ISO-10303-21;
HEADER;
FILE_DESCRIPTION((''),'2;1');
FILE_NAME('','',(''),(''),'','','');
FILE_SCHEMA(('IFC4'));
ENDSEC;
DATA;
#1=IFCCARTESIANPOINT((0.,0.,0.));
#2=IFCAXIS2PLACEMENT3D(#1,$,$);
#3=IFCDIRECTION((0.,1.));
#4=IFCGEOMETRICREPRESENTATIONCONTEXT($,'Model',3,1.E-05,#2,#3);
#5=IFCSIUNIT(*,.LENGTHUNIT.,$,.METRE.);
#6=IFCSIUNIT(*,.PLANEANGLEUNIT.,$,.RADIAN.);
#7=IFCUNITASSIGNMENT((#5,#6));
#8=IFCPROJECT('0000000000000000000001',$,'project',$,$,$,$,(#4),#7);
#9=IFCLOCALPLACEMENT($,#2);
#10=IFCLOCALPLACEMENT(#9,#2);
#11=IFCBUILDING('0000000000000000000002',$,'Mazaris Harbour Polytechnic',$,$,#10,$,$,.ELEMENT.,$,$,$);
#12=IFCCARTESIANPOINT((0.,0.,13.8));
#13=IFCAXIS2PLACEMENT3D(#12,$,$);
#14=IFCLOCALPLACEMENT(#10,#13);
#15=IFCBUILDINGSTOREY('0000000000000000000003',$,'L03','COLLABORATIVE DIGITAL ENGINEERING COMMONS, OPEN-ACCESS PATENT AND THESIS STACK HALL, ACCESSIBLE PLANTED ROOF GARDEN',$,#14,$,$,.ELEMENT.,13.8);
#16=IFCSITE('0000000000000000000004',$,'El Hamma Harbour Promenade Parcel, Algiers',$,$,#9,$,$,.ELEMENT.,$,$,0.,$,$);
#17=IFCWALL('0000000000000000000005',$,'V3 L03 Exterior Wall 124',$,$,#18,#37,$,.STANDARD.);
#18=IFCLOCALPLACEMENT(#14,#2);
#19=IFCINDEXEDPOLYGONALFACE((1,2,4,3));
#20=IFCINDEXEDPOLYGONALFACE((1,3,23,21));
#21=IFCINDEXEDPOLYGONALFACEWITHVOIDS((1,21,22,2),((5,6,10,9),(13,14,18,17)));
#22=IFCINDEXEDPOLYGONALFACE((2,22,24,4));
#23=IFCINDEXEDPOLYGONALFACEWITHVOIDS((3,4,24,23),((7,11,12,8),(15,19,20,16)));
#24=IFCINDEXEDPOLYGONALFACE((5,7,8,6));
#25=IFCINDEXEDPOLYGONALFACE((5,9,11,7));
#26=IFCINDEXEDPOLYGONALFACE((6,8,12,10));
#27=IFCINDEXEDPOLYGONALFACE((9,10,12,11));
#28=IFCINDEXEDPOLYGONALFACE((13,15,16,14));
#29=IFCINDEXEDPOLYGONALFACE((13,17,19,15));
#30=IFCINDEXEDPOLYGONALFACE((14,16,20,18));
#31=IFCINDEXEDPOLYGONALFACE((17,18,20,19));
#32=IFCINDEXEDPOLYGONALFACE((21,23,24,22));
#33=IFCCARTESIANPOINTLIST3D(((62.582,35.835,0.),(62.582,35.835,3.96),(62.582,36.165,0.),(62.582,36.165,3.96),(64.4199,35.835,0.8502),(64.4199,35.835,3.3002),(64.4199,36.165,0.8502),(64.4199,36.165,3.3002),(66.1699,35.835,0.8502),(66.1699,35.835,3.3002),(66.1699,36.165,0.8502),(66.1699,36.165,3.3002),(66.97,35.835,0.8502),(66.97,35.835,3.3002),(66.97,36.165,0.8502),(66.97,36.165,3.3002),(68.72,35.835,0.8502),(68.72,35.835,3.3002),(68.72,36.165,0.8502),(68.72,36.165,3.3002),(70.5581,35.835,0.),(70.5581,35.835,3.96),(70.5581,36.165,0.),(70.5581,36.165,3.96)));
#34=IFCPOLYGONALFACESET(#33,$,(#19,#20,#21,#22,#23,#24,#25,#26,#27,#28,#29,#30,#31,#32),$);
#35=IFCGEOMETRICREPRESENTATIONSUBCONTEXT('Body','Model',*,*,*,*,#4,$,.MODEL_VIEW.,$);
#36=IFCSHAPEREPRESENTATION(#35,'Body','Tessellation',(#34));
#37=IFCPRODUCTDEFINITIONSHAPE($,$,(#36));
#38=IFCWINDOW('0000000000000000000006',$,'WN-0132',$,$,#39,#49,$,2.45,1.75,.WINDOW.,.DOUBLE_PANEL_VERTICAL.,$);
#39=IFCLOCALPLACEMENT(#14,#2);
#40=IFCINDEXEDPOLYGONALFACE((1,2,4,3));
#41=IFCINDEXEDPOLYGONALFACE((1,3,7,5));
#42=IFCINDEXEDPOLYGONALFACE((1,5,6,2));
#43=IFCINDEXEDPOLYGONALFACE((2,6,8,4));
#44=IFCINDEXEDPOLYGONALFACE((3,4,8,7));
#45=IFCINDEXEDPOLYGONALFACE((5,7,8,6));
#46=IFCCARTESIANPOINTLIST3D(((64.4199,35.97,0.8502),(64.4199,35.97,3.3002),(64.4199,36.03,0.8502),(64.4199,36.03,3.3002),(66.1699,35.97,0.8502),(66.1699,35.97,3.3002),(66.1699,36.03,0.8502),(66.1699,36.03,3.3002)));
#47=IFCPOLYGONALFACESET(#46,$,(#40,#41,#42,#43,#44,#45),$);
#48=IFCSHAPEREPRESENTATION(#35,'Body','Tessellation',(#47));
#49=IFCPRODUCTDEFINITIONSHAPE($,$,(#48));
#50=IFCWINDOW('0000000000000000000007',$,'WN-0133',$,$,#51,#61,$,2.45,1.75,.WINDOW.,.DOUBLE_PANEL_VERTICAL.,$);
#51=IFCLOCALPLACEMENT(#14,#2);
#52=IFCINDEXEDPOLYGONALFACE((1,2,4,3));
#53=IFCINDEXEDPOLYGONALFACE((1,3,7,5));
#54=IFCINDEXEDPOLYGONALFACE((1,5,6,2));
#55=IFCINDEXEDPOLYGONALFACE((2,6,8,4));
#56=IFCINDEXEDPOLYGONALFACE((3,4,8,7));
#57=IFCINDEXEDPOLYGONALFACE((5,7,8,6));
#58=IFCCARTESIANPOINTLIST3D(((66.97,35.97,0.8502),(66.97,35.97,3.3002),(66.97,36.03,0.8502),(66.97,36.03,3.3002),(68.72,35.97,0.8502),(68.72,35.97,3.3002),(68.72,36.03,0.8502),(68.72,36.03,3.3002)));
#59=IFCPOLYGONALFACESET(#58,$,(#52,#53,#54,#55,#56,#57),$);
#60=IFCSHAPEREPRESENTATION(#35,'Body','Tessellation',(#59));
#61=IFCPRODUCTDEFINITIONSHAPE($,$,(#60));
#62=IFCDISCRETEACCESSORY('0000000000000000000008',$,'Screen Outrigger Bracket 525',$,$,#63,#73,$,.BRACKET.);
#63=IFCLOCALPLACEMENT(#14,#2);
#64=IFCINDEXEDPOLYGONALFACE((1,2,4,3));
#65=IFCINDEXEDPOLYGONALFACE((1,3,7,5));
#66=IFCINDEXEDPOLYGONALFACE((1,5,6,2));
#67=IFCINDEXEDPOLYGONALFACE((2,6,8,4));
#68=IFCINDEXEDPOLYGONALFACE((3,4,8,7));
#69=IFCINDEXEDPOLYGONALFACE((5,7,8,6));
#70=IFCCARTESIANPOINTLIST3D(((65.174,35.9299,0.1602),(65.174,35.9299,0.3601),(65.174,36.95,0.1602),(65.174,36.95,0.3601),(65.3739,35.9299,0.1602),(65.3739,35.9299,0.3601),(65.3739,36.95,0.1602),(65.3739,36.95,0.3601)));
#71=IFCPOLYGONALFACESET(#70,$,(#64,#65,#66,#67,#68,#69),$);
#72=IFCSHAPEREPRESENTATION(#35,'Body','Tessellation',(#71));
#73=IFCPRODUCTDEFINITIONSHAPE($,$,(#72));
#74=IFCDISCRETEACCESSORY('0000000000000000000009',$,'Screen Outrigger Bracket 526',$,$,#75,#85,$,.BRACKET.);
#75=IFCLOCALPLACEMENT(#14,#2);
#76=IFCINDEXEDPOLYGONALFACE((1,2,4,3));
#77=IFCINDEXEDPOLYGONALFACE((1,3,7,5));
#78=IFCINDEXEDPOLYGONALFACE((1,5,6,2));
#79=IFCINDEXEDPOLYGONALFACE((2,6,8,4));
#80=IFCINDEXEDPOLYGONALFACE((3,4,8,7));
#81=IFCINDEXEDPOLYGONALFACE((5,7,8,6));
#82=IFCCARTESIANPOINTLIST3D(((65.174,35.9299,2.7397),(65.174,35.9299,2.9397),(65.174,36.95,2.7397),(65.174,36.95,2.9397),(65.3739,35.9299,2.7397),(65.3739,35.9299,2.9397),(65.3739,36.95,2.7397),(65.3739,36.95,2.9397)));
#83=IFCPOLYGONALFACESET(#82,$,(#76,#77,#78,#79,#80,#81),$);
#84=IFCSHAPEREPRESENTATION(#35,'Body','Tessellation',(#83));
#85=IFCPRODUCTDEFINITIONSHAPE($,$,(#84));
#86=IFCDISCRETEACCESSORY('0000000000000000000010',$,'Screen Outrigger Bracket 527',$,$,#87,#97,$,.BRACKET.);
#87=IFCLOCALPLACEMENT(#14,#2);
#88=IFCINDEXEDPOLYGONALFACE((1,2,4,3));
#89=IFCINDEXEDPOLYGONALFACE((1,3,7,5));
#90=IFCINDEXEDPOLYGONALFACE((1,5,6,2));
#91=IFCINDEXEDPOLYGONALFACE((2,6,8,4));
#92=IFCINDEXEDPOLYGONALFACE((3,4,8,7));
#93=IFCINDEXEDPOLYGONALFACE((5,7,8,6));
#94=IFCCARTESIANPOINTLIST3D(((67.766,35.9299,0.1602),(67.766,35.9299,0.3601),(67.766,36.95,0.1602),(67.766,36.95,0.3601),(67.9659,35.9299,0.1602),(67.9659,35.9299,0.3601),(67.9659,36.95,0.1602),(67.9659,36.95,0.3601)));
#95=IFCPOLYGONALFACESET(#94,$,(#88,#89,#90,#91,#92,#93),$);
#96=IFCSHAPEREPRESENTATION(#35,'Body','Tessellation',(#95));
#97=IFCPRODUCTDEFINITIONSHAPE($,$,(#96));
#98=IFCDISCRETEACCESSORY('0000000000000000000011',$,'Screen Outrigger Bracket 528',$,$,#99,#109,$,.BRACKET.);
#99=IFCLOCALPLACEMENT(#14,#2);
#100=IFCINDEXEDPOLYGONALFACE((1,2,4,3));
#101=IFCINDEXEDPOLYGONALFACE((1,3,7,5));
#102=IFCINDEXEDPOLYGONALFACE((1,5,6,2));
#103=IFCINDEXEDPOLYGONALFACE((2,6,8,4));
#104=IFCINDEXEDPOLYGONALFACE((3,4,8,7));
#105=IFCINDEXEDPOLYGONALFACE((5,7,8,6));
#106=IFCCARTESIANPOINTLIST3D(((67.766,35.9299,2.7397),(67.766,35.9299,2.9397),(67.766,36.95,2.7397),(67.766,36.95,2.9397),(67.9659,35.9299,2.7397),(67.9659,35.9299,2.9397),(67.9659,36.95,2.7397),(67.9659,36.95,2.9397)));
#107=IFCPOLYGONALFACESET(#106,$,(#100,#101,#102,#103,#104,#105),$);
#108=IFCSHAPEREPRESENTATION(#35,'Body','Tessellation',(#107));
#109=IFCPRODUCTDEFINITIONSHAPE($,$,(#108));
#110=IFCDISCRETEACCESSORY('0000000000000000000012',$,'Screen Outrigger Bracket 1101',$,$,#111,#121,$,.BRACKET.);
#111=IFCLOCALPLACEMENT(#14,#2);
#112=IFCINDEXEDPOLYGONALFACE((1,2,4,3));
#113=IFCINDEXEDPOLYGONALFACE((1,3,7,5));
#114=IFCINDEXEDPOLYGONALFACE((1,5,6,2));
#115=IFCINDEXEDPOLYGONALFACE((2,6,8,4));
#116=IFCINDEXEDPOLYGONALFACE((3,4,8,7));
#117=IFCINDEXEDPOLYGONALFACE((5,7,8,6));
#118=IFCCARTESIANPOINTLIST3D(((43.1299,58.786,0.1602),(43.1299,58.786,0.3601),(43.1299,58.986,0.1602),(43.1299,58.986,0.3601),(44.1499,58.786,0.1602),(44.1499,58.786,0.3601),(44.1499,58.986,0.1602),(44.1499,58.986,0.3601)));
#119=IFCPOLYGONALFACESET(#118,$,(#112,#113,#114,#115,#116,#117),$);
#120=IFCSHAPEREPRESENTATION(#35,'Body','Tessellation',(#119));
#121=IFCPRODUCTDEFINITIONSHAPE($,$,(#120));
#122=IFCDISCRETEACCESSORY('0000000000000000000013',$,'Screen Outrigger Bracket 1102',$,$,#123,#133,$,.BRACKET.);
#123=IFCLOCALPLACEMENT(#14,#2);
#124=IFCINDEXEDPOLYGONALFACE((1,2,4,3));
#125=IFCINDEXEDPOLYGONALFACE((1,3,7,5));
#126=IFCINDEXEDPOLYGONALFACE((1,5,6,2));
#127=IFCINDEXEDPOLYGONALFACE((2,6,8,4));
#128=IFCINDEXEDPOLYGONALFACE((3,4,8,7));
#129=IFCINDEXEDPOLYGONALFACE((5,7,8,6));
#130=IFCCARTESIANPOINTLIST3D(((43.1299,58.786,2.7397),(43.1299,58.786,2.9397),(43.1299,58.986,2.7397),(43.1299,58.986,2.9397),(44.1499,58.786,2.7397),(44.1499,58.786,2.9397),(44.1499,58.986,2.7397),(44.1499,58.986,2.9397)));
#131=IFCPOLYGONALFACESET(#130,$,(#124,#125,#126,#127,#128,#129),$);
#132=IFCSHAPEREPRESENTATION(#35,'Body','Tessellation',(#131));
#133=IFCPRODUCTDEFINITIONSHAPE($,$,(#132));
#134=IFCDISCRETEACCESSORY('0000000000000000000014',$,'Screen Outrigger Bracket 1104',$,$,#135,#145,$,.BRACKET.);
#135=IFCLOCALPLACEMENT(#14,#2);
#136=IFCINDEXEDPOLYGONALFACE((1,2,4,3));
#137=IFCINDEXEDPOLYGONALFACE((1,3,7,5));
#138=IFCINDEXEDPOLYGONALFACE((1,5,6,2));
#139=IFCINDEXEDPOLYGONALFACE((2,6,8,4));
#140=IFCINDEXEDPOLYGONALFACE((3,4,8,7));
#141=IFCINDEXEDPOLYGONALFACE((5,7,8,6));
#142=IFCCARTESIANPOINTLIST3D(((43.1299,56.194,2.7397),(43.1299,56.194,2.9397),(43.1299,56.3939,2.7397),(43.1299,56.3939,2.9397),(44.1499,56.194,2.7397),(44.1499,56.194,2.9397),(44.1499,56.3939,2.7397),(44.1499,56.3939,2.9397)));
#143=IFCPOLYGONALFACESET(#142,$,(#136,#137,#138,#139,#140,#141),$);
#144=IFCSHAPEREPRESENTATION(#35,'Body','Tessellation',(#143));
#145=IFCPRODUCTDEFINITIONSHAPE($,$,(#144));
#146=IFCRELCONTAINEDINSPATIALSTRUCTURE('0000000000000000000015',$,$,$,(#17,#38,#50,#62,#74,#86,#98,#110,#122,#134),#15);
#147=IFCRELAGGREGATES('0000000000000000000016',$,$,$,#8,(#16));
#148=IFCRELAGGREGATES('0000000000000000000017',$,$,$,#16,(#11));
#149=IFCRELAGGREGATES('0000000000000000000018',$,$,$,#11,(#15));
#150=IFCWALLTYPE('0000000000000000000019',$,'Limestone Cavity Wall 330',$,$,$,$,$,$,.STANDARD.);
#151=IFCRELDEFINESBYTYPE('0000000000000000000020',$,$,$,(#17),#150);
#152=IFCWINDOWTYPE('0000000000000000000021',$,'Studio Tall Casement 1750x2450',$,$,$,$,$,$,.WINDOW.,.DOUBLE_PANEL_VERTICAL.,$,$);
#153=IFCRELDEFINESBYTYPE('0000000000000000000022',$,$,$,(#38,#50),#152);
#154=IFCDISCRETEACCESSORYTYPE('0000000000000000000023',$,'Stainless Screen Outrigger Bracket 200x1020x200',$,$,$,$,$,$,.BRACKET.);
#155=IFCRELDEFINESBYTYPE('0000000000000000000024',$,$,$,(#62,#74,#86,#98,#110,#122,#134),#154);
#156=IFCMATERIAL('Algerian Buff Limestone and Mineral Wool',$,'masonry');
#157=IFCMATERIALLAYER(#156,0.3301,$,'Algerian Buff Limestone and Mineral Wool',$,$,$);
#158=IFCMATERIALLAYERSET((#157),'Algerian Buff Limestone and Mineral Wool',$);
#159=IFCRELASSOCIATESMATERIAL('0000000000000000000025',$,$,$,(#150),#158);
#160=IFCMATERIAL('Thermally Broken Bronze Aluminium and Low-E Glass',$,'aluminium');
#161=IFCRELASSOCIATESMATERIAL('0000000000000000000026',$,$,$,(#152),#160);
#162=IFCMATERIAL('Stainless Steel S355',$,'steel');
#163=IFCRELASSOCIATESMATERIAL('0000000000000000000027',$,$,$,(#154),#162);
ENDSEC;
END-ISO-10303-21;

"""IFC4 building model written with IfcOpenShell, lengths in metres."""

from ifc_helpers import new_model, si_unit, direction, frame, frame_2d, origin, origin_2d, place, context, subcontext, project, spatial, rectangle, extrude, material, layer, layer_set, type_object, element, fill, save


model = new_model("IFC4")

# Units and contexts
model_context = context("Model", 3, precision=1e-05, world=origin(), true_north=direction((0.0, 1.0)))
body_context = subcontext(model_context, "Body", "Model", "MODEL_VIEW")
ifc_project = project(units=[si_unit("LENGTHUNIT", "METRE"), si_unit("PLANEANGLEUNIT", "RADIAN")], contexts=[model_context])

# Site, building, storey
site_placement = place(None, origin())
site = spatial("IfcSite", under=ifc_project, at=site_placement, Name="El Hamma Harbour Promenade Parcel, Algiers", CompositionType="ELEMENT", RefElevation=0.0)
building_placement = place(site_placement, origin())
building = spatial("IfcBuilding", under=site, at=building_placement, Name="Mazaris Harbour Polytechnic", CompositionType="ELEMENT")
storey_placement = place(building_placement, frame((0.0, 0.0, 13.8)))
storey = spatial("IfcBuildingStorey", under=building, at=storey_placement, Name="L03", Description="COLLABORATIVE DIGITAL ENGINEERING COMMONS, OPEN-ACCESS PATENT AND THESIS STACK HALL, ACCESSIBLE PLANTED ROOF GARDEN", CompositionType="ELEMENT", Elevation=13.8)

# Wall, openings, windows
ifc_material_1 = material(Name="Algerian Buff Limestone and Mineral Wool", Category="masonry")
ifc_layer_1 = layer(ifc_material_1, 0.3301, Name="Algerian Buff Limestone and Mineral Wool")
ifc_layer_set_1 = layer_set([ifc_layer_1], Name="Algerian Buff Limestone and Mineral Wool")
wall_type = type_object("IfcWallType", Name="Limestone Cavity Wall 330", PredefinedType="STANDARD", material=ifc_layer_set_1)
wall_placement = place(storey_placement, frame((62.582, 36.0, 0.0), z_axis=(0.0, 0.0, 1.0), x_axis=(1.0, 0.0, 0.0)))
wall = element("IfcWall", 1, at=wall_placement, inside=storey, type_object=wall_type, Name="V3 L03 Exterior Wall 124", PredefinedType="STANDARD", context=body_context, shape_type="SweptSolid", body=[
    extrude(rectangle(XDim=7.9761, YDim=0.3301, at=frame_2d((3.988, 0.0))), origin(), (0.0, 0.0, 1.0), 3.96),
])
opening_1_placement = place(wall_placement, frame((1.8379, 0.0, 0.8501)))
opening_1 = element("IfcOpeningElement", 2, at=opening_1_placement, cuts=wall, PredefinedType="OPENING", context=body_context, shape_type="SweptSolid", body=[
    extrude(rectangle(XDim=1.75, YDim=2.45, at=frame_2d((0.875, 1.2251))), frame((0.0, 0.175, 0.0), z_axis=(0.0, -1.0, 0.0), x_axis=(1.0, 0.0, 0.0)), (0.0, 0.0, 1.0), 0.3501),
])
opening_2_placement = place(wall_placement, frame((4.3879, 0.0, 0.8501)))
opening_2 = element("IfcOpeningElement", 3, at=opening_2_placement, cuts=wall, PredefinedType="OPENING", context=body_context, shape_type="SweptSolid", body=[
    extrude(rectangle(XDim=1.75, YDim=2.45, at=frame_2d((0.875, 1.2251))), frame((0.0, 0.175, 0.0), z_axis=(0.0, -1.0, 0.0), x_axis=(1.0, 0.0, 0.0)), (0.0, 0.0, 1.0), 0.3501),
])
ifc_material_2 = material(Name="Thermally Broken Bronze Aluminium and Low-E Glass", Category="aluminium")
window_type = type_object("IfcWindowType", Name="Studio Tall Casement 1750x2450", PartitioningType="DOUBLE_PANEL_VERTICAL", PredefinedType="WINDOW", material=ifc_material_2)
window_1_placement = place(opening_1_placement, origin())
window_1 = element("IfcWindow", 4, at=window_1_placement, inside=storey, type_object=window_type, Name="WN-0132", OverallHeight=2.45, OverallWidth=1.75, PartitioningType="DOUBLE_PANEL_VERTICAL", PredefinedType="WINDOW", context=body_context, shape_type="SweptSolid", body=[
    extrude(rectangle(XDim=1.75, YDim=2.45, at=frame_2d((0.875, 1.2251))), frame((0.0, 0.03, 0.0), z_axis=(0.0, -1.0, 0.0), x_axis=(1.0, 0.0, 0.0)), (0.0, 0.0, 1.0), 0.0601),
])
fill(opening_1, window_1)
window_2_placement = place(opening_2_placement, origin())
window_2 = element("IfcWindow", 5, at=window_2_placement, inside=storey, type_object=window_type, Name="WN-0133", OverallHeight=2.45, OverallWidth=1.75, PartitioningType="DOUBLE_PANEL_VERTICAL", PredefinedType="WINDOW", context=body_context, shape_type="SweptSolid", body=[
    extrude(rectangle(XDim=1.75, YDim=2.45, at=frame_2d((0.875, 1.2251))), frame((0.0, 0.03, 0.0), z_axis=(0.0, -1.0, 0.0), x_axis=(1.0, 0.0, 0.0)), (0.0, 0.0, 1.0), 0.0601),
])
fill(opening_2, window_2)

# Discrete accessories
ifc_material_3 = material(Name="Stainless Steel S355", Category="steel")
discrete_accessory_type = type_object("IfcDiscreteAccessoryType", Name="Stainless Screen Outrigger Bracket 200x1020x200", PredefinedType="BRACKET", material=ifc_material_3)
for number, where, z_axis, x_axis, name in (
    (6, (65.2739, 36.4399, 0.1602), (0.0, 0.0, 1.0), (1.0, 0.0, 0.0), "Screen Outrigger Bracket 525"),
    (7, (65.2739, 36.4399, 2.7397), (0.0, 0.0, 1.0), (1.0, 0.0, 0.0), "Screen Outrigger Bracket 526"),
    (8, (67.866, 36.4399, 0.1602), (0.0, 0.0, 1.0), (1.0, 0.0, 0.0), "Screen Outrigger Bracket 527"),
    (9, (67.866, 36.4399, 2.7397), (0.0, 0.0, 1.0), (1.0, 0.0, 0.0), "Screen Outrigger Bracket 528"),
    (10, (43.6399, 58.886, 0.1602), (0.0, 0.0, 1.0), (0.0, -1.0, 0.0), "Screen Outrigger Bracket 1101"),
    (11, (43.6399, 58.886, 2.7397), (0.0, 0.0, 1.0), (0.0, -1.0, 0.0), "Screen Outrigger Bracket 1102"),
    (12, (43.6399, 56.2939, 2.7397), (0.0, 0.0, 1.0), (0.0, -1.0, 0.0), "Screen Outrigger Bracket 1104"),
):
    element("IfcDiscreteAccessory", number, at=place(storey_placement, frame(where, z_axis=z_axis, x_axis=x_axis)), inside=storey, type_object=discrete_accessory_type, Name=name, PredefinedType="BRACKET", context=body_context, shape_type="SweptSolid", body=[
        extrude(rectangle(XDim=0.2, YDim=1.02, at=origin_2d()), origin(), (0.0, 0.0, 1.0), 0.2),
    ])

save(model, "model.ifc")
